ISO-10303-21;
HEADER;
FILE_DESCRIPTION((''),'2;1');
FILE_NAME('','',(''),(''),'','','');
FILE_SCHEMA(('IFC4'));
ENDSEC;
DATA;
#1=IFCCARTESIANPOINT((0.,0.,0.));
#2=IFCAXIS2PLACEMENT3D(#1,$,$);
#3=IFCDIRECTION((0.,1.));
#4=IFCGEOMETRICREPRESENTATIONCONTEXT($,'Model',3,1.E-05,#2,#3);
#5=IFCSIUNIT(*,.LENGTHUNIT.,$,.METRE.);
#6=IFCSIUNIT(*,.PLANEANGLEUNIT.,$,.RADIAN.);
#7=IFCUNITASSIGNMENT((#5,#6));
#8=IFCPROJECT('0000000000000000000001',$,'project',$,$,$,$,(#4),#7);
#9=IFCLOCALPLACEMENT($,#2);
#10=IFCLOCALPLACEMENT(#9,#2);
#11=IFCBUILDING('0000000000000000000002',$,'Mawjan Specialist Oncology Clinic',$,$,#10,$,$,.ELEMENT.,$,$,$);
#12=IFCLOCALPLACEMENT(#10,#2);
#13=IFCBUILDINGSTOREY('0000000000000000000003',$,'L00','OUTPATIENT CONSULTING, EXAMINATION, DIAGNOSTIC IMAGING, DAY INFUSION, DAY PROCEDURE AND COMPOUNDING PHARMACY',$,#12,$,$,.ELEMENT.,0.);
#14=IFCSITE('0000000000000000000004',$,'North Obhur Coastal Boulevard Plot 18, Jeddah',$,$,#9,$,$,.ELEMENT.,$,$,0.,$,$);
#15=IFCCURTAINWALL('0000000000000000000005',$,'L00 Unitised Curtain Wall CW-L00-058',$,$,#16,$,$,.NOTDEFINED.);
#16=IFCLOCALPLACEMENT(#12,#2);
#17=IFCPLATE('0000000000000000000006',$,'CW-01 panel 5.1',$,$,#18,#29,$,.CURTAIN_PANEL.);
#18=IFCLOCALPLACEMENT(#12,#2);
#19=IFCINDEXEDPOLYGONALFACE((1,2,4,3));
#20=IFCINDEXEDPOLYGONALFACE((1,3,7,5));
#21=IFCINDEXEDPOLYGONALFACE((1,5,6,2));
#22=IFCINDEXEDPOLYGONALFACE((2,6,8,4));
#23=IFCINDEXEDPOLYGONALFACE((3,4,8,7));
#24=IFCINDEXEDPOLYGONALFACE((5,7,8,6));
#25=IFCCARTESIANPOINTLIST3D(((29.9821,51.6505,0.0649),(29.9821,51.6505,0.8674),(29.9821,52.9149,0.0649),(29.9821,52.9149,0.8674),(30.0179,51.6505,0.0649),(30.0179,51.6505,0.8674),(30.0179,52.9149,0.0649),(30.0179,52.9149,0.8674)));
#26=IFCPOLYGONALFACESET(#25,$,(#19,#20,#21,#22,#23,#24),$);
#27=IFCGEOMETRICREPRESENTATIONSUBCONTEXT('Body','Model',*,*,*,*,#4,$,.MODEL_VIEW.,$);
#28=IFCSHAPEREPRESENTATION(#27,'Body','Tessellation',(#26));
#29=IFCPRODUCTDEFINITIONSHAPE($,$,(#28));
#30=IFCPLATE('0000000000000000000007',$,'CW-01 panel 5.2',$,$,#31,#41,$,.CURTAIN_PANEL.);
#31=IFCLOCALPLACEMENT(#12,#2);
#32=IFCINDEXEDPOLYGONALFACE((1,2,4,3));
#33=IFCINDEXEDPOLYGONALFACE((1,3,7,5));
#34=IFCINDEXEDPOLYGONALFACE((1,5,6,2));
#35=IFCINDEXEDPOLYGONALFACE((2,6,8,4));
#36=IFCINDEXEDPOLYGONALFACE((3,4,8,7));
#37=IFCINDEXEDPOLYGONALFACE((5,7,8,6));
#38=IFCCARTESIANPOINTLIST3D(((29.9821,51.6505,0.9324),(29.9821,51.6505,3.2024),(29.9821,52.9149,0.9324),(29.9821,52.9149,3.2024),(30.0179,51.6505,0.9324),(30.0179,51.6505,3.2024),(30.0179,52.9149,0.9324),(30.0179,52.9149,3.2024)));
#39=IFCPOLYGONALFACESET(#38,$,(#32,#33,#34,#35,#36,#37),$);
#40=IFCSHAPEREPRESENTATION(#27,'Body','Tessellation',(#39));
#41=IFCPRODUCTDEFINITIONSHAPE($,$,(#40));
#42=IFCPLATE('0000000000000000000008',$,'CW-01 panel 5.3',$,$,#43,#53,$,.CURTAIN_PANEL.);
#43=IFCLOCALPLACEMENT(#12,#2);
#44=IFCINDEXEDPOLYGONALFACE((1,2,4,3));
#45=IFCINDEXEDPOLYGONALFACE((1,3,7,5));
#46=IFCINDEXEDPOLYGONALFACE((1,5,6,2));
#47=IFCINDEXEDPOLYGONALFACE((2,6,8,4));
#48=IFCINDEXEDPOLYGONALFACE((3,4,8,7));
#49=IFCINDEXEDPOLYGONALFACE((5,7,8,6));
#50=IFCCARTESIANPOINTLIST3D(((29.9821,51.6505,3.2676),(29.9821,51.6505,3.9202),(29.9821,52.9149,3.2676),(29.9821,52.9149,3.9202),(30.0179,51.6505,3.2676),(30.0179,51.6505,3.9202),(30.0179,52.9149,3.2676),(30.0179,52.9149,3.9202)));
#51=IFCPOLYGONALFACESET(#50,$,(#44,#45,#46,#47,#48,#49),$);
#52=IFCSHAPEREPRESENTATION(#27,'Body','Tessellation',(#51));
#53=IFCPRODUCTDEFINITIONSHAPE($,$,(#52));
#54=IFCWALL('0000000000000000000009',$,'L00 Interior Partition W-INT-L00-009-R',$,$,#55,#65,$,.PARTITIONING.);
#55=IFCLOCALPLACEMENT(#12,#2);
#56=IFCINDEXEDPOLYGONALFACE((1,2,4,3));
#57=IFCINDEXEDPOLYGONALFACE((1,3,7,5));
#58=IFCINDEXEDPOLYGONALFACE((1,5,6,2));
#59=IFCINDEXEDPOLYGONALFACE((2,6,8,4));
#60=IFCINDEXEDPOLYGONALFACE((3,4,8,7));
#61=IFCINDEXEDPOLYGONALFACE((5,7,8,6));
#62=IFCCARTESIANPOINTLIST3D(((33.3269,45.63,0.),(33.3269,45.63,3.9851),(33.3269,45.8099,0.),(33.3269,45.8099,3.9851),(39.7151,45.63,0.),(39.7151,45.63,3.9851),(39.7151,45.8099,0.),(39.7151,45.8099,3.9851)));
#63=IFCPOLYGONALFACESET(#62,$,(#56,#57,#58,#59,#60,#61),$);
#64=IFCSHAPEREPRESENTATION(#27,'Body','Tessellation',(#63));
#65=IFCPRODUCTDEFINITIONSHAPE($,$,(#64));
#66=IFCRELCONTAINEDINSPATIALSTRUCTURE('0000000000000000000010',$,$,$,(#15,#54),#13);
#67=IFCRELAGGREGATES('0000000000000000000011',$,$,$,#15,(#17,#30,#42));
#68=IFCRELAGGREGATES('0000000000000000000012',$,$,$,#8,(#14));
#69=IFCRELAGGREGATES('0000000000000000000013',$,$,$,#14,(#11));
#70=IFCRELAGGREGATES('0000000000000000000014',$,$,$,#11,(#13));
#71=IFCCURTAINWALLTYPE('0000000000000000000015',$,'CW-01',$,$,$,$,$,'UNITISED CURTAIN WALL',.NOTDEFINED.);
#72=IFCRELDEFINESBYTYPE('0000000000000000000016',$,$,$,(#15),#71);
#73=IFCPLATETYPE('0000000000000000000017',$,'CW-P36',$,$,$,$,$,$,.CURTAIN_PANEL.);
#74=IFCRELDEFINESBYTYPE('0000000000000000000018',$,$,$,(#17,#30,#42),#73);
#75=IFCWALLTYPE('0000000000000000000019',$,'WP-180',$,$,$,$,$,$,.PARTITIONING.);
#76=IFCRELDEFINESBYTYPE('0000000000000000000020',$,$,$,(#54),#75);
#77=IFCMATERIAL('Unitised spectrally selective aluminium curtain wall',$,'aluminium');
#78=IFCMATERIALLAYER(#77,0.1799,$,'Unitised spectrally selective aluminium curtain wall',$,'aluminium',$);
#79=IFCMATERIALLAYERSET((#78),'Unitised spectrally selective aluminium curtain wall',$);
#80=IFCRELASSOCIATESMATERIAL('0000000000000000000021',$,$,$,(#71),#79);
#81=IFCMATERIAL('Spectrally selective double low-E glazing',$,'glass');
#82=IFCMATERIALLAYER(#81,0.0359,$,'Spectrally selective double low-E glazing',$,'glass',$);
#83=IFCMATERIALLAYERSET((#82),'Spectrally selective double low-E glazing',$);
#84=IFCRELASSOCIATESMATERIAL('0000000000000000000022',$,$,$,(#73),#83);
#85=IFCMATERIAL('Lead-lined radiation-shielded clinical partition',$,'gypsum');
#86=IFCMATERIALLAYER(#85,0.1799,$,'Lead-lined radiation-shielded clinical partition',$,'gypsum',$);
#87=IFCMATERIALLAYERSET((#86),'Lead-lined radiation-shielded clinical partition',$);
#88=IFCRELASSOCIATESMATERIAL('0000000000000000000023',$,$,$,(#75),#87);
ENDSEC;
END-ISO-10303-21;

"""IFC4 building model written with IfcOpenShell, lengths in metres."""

from ifc_helpers import new_model, si_unit, direction, frame, frame_2d, origin, origin_2d, place, context, subcontext, project, spatial, rectangle, extrude, material, layer, layer_set, type_object, element, aggregate, save


model = new_model("IFC4")

# Units and contexts
model_context = context("Model", 3, precision=1e-05, world=origin(), true_north=direction((0.0, 1.0)))
body_context = subcontext(model_context, "Body", "Model", "MODEL_VIEW")
ifc_project = project(units=[si_unit("LENGTHUNIT", "METRE"), si_unit("PLANEANGLEUNIT", "RADIAN")], contexts=[model_context])

# Site, building, storey
site_placement = place(None, origin())
site = spatial("IfcSite", under=ifc_project, at=site_placement, Name="North Obhur Coastal Boulevard Plot 18, Jeddah", CompositionType="ELEMENT", RefElevation=0.0)
building_placement = place(site_placement, origin())
building = spatial("IfcBuilding", under=site, at=building_placement, Name="Mawjan Specialist Oncology Clinic", CompositionType="ELEMENT")
storey_placement = place(building_placement, origin())
storey = spatial("IfcBuildingStorey", under=building, at=storey_placement, Name="L00", Description="OUTPATIENT CONSULTING, EXAMINATION, DIAGNOSTIC IMAGING, DAY INFUSION, DAY PROCEDURE AND COMPOUNDING PHARMACY", CompositionType="ELEMENT", Elevation=0.0)

# Curtain wall, plates
ifc_material_1 = material(Name="Unitised spectrally selective aluminium curtain wall", Category="aluminium")
ifc_layer_1 = layer(ifc_material_1, 0.1799, Name="Unitised spectrally selective aluminium curtain wall", Category="aluminium")
ifc_layer_set_1 = layer_set([ifc_layer_1], Name="Unitised spectrally selective aluminium curtain wall")
curtain_wall_type = type_object("IfcCurtainWallType", Name="CW-01", ElementType="UNITISED CURTAIN WALL", PredefinedType="NOTDEFINED", material=ifc_layer_set_1)
curtain_wall_placement = place(storey_placement, origin())
curtain_wall = element("IfcCurtainWall", 1, at=curtain_wall_placement, inside=storey, type_object=curtain_wall_type, Name="L00 Unitised Curtain Wall CW-L00-058", PredefinedType="NOTDEFINED")
ifc_material_2 = material(Name="Spectrally selective double low-E glazing", Category="glass")
ifc_layer_2 = layer(ifc_material_2, 0.0359, Name="Spectrally selective double low-E glazing", Category="glass")
ifc_layer_set_2 = layer_set([ifc_layer_2], Name="Spectrally selective double low-E glazing")
plate_type = type_object("IfcPlateType", Name="CW-P36", PredefinedType="CURTAIN_PANEL", material=ifc_layer_set_2)
plate_1_placement = place(storey_placement, frame((30.0, 52.2827, 0.0649), z_axis=(0.0, 0.0, 1.0), x_axis=(0.0, 1.0, 0.0)))
plate_1 = element("IfcPlate", 2, at=plate_1_placement, type_object=plate_type, Name="CW-01 panel 5.1", PredefinedType="CURTAIN_PANEL", context=body_context, shape_type="SweptSolid", body=[
    extrude(rectangle(XDim=1.2644, YDim=0.0359, at=origin_2d()), origin(), (0.0, 0.0, 1.0), 0.8025),
])
plate_2_placement = place(storey_placement, frame((30.0, 52.2827, 0.9324), z_axis=(0.0, 0.0, 1.0), x_axis=(0.0, 1.0, 0.0)))
plate_2 = element("IfcPlate", 3, at=plate_2_placement, type_object=plate_type, Name="CW-01 panel 5.2", PredefinedType="CURTAIN_PANEL", context=body_context, shape_type="SweptSolid", body=[
    extrude(rectangle(XDim=1.2644, YDim=0.0359, at=origin_2d()), origin(), (0.0, 0.0, 1.0), 2.27),
])
plate_3_placement = place(storey_placement, frame((30.0, 52.2827, 3.2676), z_axis=(0.0, 0.0, 1.0), x_axis=(0.0, 1.0, 0.0)))
plate_3 = element("IfcPlate", 4, at=plate_3_placement, type_object=plate_type, Name="CW-01 panel 5.3", PredefinedType="CURTAIN_PANEL", context=body_context, shape_type="SweptSolid", body=[
    extrude(rectangle(XDim=1.2644, YDim=0.0359, at=origin_2d()), origin(), (0.0, 0.0, 1.0), 0.6526),
])
aggregate(curtain_wall, [plate_1, plate_2, plate_3])

# Wall
ifc_material_3 = material(Name="Lead-lined radiation-shielded clinical partition", Category="gypsum")
ifc_layer_3 = layer(ifc_material_3, 0.1799, Name="Lead-lined radiation-shielded clinical partition", Category="gypsum")
ifc_layer_set_3 = layer_set([ifc_layer_3], Name="Lead-lined radiation-shielded clinical partition")
wall_type = type_object("IfcWallType", Name="WP-180", PredefinedType="PARTITIONING", material=ifc_layer_set_3)
wall_placement = place(storey_placement, frame((33.3269, 45.72, 0.0), z_axis=(0.0, 0.0, 1.0), x_axis=(1.0, 0.0, 0.0)))
element("IfcWall", 5, at=wall_placement, inside=storey, type_object=wall_type, Name="L00 Interior Partition W-INT-L00-009-R", PredefinedType="PARTITIONING", context=body_context, shape_type="SweptSolid", body=[
    extrude(rectangle(XDim=6.3882, YDim=0.1799, at=frame_2d((3.1941, 0.0))), origin(), (0.0, 0.0, 1.0), 3.9851),
])

save(model, "model.ifc")
